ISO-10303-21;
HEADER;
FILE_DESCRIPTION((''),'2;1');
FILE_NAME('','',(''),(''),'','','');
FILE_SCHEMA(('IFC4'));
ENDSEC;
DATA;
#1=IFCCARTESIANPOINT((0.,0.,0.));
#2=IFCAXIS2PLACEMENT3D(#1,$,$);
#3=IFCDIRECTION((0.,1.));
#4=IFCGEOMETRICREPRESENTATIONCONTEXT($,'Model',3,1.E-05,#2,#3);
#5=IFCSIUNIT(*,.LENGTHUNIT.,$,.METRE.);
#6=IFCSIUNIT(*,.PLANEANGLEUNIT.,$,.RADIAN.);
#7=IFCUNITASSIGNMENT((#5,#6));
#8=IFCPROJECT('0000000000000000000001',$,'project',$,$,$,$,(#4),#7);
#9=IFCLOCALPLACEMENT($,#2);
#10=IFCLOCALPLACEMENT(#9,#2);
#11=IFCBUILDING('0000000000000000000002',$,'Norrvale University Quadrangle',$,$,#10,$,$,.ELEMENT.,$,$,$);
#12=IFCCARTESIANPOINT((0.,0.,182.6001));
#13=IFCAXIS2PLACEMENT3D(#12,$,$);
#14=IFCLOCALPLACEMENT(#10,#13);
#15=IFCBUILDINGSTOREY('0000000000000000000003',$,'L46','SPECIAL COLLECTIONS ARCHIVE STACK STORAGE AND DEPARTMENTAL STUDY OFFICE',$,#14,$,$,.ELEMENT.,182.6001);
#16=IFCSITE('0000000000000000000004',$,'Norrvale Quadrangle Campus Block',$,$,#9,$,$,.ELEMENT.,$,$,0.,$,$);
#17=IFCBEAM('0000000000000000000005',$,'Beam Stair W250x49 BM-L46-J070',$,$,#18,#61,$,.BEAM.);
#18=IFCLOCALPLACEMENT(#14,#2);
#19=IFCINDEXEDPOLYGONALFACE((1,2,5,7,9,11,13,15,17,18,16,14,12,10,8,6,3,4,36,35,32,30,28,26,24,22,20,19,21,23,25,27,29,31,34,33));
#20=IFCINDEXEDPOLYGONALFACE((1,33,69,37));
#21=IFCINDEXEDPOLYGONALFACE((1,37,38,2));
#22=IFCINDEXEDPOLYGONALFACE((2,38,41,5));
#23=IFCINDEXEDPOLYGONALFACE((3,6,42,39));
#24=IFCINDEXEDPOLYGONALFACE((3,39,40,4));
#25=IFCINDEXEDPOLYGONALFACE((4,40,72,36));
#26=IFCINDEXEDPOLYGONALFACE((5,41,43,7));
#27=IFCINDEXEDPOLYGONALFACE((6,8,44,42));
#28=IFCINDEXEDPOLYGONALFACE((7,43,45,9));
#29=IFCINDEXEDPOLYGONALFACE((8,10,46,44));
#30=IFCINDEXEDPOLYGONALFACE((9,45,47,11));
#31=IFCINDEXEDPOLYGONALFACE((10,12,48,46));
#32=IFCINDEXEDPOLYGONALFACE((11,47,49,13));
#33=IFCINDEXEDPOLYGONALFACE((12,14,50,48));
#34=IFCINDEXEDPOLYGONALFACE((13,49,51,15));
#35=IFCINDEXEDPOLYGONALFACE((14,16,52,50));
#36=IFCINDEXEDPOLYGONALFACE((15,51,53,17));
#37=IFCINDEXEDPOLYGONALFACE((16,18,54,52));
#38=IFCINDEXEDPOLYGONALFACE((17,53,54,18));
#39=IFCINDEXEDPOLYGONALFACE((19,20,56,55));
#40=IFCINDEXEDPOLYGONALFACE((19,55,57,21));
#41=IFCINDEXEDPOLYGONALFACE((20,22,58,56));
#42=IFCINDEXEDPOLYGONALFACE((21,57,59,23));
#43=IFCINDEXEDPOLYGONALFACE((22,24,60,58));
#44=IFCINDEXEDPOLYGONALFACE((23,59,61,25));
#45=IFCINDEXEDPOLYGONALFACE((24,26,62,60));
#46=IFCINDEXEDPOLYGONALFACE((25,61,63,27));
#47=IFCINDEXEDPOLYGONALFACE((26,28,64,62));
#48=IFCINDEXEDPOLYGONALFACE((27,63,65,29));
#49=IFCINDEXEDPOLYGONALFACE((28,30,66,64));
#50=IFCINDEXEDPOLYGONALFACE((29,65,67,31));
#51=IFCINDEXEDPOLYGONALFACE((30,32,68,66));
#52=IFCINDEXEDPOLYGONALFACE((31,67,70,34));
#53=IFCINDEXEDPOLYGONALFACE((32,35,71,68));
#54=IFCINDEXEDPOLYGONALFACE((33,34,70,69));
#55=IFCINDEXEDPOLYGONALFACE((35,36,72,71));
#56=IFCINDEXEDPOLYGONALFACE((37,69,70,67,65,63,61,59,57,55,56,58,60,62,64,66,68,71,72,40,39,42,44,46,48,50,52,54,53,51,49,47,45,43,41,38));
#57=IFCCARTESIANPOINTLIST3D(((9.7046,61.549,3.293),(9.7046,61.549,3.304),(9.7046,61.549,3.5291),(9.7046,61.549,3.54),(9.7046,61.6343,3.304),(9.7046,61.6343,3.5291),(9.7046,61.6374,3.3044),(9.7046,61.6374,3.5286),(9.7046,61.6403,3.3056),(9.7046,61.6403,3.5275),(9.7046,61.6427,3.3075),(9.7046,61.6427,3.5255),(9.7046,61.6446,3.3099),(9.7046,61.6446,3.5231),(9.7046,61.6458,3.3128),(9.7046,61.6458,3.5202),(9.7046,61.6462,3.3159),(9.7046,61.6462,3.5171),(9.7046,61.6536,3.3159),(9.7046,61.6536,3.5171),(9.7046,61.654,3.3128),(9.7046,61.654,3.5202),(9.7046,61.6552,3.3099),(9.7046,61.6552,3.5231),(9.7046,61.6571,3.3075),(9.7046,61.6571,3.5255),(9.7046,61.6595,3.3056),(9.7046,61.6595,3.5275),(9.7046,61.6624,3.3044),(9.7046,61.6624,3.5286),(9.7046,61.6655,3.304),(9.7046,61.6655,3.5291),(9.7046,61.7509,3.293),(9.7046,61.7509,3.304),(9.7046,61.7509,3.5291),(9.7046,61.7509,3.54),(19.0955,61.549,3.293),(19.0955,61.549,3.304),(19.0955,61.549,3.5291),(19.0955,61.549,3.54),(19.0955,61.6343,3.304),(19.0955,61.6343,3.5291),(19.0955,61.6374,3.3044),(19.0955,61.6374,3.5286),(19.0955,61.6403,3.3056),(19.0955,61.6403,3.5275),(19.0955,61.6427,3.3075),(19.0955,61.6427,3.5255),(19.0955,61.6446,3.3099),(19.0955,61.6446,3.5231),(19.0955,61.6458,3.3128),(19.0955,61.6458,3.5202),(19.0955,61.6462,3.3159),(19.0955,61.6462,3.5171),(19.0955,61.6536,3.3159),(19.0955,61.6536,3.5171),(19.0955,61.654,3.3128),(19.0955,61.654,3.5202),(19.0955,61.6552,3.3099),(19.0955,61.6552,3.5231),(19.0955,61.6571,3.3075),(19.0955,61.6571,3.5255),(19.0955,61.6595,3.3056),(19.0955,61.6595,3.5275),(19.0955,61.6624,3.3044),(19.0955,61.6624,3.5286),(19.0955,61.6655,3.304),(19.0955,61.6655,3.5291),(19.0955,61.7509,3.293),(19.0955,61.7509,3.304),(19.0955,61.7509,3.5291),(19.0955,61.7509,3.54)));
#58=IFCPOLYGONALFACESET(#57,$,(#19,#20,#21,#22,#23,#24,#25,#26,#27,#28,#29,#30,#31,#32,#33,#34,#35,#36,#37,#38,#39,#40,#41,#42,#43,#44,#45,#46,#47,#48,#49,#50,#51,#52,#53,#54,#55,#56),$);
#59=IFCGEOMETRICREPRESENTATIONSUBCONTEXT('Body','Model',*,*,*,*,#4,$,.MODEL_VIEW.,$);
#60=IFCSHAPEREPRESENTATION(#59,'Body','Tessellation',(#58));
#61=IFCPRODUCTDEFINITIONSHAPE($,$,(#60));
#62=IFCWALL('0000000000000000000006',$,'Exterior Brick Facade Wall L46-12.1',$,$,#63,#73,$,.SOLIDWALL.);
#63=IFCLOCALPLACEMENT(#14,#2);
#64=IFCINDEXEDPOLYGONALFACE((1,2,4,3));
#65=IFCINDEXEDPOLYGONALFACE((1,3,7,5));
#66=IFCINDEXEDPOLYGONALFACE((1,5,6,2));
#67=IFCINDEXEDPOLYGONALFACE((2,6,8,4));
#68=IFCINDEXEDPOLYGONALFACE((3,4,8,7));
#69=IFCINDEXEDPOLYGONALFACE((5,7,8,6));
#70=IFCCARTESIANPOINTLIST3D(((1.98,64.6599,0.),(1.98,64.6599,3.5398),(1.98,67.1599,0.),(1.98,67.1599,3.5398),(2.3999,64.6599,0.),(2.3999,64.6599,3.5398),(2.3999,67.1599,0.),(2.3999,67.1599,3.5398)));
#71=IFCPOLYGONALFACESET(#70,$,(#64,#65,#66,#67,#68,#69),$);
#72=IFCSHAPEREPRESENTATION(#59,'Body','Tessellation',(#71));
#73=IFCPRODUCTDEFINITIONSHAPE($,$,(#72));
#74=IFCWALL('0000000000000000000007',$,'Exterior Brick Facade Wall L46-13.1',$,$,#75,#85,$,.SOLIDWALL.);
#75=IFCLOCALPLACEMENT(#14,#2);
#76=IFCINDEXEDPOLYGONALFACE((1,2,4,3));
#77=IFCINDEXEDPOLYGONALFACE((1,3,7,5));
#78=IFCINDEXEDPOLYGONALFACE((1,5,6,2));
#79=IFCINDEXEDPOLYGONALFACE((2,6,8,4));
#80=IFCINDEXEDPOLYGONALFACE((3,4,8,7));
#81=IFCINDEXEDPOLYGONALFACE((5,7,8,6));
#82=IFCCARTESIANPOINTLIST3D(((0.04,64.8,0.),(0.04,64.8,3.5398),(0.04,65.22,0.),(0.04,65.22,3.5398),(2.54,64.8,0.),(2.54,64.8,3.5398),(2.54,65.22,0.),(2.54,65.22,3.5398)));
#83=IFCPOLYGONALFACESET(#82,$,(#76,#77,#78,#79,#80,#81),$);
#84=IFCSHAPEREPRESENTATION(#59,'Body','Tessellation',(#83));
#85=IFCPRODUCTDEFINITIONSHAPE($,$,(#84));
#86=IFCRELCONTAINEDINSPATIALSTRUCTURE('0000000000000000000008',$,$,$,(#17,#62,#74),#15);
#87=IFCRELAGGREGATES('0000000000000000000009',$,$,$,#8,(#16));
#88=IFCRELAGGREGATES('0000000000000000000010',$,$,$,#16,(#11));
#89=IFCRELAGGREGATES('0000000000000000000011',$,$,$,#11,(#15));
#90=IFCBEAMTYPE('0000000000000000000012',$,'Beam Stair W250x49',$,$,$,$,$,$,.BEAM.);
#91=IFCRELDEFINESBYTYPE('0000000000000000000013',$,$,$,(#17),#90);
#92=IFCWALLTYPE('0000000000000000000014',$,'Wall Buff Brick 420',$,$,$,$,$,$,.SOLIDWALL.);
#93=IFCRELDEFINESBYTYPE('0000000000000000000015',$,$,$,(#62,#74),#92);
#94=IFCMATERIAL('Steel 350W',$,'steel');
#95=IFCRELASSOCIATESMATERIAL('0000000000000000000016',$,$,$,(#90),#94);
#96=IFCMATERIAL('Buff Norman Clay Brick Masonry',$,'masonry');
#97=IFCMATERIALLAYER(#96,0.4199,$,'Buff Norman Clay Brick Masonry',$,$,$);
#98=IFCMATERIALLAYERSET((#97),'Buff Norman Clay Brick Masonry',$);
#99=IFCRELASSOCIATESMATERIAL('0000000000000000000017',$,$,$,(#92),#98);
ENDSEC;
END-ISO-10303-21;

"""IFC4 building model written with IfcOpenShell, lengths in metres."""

from ifc_helpers import new_model, si_unit, direction, frame, frame_2d, origin, origin_2d, place, context, subcontext, project, spatial, rectangle, i_section, extrude, material, layer, layer_set, material_profile, profile_set, type_object, element, save


model = new_model("IFC4")

# Units and contexts
model_context = context("Model", 3, precision=1e-05, world=origin(), true_north=direction((0.0, 1.0)))
body_context = subcontext(model_context, "Body", "Model", "MODEL_VIEW")
ifc_project = project(units=[si_unit("LENGTHUNIT", "METRE"), si_unit("PLANEANGLEUNIT", "RADIAN")], contexts=[model_context])

# Site, building, storey
site_placement = place(None, origin())
site = spatial("IfcSite", under=ifc_project, at=site_placement, Name="Norrvale Quadrangle Campus Block", CompositionType="ELEMENT", RefElevation=0.0)
building_placement = place(site_placement, origin())
building = spatial("IfcBuilding", under=site, at=building_placement, Name="Norrvale University Quadrangle", CompositionType="ELEMENT")
storey_placement = place(building_placement, frame((0.0, 0.0, 182.6001)))
storey = spatial("IfcBuildingStorey", under=building, at=storey_placement, Name="L46", Description="SPECIAL COLLECTIONS ARCHIVE STACK STORAGE AND DEPARTMENTAL STUDY OFFICE", CompositionType="ELEMENT", Elevation=182.6001)

# Beam
ifc_material_1 = material(Name="Steel 350W", Category="steel")
ifc_material_profile_1 = material_profile(ifc_material_1, i_section(OverallWidth=0.2019, OverallDepth=0.2471, WebThickness=0.0073, FlangeThickness=0.011, FilletRadius=0.012, at=origin_2d()), Name="Steel 350W")
ifc_profile_set_1 = profile_set([ifc_material_profile_1], Name="Steel 350W")
beam_type_1 = type_object("IfcBeamType", Name="Beam Stair W250x49", PredefinedType="BEAM", material=ifc_profile_set_1)
beam_placement = place(storey_placement, frame((9.7046, 61.6499, 3.4165), z_axis=(1.0, 0.0, 0.0), x_axis=(0.0, 1.0, 0.0)))
element("IfcBeam", 1, at=beam_placement, inside=storey, type_object=beam_type_1, Name="Beam Stair W250x49 BM-L46-J070", PredefinedType="BEAM", context=body_context, shape_type="SweptSolid", body=[
    extrude(i_section(OverallWidth=0.2019, OverallDepth=0.2471, WebThickness=0.0073, FlangeThickness=0.011, FilletRadius=0.012, at=origin_2d()), origin(), (0.0, 0.0, 1.0), 9.3909),
])

# Walls
ifc_material_2 = material(Name="Buff Norman Clay Brick Masonry", Category="masonry")
ifc_layer = layer(ifc_material_2, 0.4199, Name="Buff Norman Clay Brick Masonry")
ifc_layer_set = layer_set([ifc_layer], Name="Buff Norman Clay Brick Masonry")
wall_type = type_object("IfcWallType", Name="Wall Buff Brick 420", PredefinedType="SOLIDWALL", material=ifc_layer_set)
for number, where, z_axis, x_axis, name in (
    (2, (2.1899, 67.1599, 0.0), (0.0, 0.0, 1.0), (0.0, -1.0, 0.0), "Exterior Brick Facade Wall L46-12.1"),
    (3, (2.54, 65.01, 0.0), (0.0, 0.0, 1.0), (-1.0, 0.0, 0.0), "Exterior Brick Facade Wall L46-13.1"),
):
    element("IfcWall", number, at=place(storey_placement, frame(where, z_axis=z_axis, x_axis=x_axis)), inside=storey, type_object=wall_type, Name=name, PredefinedType="SOLIDWALL", context=body_context, shape_type="SweptSolid", body=[
        extrude(rectangle(XDim=2.5, YDim=0.4199, at=frame_2d((1.25, 0.0))), origin(), (0.0, 0.0, 1.0), 3.5398),
    ])

save(model, "model.ifc")
